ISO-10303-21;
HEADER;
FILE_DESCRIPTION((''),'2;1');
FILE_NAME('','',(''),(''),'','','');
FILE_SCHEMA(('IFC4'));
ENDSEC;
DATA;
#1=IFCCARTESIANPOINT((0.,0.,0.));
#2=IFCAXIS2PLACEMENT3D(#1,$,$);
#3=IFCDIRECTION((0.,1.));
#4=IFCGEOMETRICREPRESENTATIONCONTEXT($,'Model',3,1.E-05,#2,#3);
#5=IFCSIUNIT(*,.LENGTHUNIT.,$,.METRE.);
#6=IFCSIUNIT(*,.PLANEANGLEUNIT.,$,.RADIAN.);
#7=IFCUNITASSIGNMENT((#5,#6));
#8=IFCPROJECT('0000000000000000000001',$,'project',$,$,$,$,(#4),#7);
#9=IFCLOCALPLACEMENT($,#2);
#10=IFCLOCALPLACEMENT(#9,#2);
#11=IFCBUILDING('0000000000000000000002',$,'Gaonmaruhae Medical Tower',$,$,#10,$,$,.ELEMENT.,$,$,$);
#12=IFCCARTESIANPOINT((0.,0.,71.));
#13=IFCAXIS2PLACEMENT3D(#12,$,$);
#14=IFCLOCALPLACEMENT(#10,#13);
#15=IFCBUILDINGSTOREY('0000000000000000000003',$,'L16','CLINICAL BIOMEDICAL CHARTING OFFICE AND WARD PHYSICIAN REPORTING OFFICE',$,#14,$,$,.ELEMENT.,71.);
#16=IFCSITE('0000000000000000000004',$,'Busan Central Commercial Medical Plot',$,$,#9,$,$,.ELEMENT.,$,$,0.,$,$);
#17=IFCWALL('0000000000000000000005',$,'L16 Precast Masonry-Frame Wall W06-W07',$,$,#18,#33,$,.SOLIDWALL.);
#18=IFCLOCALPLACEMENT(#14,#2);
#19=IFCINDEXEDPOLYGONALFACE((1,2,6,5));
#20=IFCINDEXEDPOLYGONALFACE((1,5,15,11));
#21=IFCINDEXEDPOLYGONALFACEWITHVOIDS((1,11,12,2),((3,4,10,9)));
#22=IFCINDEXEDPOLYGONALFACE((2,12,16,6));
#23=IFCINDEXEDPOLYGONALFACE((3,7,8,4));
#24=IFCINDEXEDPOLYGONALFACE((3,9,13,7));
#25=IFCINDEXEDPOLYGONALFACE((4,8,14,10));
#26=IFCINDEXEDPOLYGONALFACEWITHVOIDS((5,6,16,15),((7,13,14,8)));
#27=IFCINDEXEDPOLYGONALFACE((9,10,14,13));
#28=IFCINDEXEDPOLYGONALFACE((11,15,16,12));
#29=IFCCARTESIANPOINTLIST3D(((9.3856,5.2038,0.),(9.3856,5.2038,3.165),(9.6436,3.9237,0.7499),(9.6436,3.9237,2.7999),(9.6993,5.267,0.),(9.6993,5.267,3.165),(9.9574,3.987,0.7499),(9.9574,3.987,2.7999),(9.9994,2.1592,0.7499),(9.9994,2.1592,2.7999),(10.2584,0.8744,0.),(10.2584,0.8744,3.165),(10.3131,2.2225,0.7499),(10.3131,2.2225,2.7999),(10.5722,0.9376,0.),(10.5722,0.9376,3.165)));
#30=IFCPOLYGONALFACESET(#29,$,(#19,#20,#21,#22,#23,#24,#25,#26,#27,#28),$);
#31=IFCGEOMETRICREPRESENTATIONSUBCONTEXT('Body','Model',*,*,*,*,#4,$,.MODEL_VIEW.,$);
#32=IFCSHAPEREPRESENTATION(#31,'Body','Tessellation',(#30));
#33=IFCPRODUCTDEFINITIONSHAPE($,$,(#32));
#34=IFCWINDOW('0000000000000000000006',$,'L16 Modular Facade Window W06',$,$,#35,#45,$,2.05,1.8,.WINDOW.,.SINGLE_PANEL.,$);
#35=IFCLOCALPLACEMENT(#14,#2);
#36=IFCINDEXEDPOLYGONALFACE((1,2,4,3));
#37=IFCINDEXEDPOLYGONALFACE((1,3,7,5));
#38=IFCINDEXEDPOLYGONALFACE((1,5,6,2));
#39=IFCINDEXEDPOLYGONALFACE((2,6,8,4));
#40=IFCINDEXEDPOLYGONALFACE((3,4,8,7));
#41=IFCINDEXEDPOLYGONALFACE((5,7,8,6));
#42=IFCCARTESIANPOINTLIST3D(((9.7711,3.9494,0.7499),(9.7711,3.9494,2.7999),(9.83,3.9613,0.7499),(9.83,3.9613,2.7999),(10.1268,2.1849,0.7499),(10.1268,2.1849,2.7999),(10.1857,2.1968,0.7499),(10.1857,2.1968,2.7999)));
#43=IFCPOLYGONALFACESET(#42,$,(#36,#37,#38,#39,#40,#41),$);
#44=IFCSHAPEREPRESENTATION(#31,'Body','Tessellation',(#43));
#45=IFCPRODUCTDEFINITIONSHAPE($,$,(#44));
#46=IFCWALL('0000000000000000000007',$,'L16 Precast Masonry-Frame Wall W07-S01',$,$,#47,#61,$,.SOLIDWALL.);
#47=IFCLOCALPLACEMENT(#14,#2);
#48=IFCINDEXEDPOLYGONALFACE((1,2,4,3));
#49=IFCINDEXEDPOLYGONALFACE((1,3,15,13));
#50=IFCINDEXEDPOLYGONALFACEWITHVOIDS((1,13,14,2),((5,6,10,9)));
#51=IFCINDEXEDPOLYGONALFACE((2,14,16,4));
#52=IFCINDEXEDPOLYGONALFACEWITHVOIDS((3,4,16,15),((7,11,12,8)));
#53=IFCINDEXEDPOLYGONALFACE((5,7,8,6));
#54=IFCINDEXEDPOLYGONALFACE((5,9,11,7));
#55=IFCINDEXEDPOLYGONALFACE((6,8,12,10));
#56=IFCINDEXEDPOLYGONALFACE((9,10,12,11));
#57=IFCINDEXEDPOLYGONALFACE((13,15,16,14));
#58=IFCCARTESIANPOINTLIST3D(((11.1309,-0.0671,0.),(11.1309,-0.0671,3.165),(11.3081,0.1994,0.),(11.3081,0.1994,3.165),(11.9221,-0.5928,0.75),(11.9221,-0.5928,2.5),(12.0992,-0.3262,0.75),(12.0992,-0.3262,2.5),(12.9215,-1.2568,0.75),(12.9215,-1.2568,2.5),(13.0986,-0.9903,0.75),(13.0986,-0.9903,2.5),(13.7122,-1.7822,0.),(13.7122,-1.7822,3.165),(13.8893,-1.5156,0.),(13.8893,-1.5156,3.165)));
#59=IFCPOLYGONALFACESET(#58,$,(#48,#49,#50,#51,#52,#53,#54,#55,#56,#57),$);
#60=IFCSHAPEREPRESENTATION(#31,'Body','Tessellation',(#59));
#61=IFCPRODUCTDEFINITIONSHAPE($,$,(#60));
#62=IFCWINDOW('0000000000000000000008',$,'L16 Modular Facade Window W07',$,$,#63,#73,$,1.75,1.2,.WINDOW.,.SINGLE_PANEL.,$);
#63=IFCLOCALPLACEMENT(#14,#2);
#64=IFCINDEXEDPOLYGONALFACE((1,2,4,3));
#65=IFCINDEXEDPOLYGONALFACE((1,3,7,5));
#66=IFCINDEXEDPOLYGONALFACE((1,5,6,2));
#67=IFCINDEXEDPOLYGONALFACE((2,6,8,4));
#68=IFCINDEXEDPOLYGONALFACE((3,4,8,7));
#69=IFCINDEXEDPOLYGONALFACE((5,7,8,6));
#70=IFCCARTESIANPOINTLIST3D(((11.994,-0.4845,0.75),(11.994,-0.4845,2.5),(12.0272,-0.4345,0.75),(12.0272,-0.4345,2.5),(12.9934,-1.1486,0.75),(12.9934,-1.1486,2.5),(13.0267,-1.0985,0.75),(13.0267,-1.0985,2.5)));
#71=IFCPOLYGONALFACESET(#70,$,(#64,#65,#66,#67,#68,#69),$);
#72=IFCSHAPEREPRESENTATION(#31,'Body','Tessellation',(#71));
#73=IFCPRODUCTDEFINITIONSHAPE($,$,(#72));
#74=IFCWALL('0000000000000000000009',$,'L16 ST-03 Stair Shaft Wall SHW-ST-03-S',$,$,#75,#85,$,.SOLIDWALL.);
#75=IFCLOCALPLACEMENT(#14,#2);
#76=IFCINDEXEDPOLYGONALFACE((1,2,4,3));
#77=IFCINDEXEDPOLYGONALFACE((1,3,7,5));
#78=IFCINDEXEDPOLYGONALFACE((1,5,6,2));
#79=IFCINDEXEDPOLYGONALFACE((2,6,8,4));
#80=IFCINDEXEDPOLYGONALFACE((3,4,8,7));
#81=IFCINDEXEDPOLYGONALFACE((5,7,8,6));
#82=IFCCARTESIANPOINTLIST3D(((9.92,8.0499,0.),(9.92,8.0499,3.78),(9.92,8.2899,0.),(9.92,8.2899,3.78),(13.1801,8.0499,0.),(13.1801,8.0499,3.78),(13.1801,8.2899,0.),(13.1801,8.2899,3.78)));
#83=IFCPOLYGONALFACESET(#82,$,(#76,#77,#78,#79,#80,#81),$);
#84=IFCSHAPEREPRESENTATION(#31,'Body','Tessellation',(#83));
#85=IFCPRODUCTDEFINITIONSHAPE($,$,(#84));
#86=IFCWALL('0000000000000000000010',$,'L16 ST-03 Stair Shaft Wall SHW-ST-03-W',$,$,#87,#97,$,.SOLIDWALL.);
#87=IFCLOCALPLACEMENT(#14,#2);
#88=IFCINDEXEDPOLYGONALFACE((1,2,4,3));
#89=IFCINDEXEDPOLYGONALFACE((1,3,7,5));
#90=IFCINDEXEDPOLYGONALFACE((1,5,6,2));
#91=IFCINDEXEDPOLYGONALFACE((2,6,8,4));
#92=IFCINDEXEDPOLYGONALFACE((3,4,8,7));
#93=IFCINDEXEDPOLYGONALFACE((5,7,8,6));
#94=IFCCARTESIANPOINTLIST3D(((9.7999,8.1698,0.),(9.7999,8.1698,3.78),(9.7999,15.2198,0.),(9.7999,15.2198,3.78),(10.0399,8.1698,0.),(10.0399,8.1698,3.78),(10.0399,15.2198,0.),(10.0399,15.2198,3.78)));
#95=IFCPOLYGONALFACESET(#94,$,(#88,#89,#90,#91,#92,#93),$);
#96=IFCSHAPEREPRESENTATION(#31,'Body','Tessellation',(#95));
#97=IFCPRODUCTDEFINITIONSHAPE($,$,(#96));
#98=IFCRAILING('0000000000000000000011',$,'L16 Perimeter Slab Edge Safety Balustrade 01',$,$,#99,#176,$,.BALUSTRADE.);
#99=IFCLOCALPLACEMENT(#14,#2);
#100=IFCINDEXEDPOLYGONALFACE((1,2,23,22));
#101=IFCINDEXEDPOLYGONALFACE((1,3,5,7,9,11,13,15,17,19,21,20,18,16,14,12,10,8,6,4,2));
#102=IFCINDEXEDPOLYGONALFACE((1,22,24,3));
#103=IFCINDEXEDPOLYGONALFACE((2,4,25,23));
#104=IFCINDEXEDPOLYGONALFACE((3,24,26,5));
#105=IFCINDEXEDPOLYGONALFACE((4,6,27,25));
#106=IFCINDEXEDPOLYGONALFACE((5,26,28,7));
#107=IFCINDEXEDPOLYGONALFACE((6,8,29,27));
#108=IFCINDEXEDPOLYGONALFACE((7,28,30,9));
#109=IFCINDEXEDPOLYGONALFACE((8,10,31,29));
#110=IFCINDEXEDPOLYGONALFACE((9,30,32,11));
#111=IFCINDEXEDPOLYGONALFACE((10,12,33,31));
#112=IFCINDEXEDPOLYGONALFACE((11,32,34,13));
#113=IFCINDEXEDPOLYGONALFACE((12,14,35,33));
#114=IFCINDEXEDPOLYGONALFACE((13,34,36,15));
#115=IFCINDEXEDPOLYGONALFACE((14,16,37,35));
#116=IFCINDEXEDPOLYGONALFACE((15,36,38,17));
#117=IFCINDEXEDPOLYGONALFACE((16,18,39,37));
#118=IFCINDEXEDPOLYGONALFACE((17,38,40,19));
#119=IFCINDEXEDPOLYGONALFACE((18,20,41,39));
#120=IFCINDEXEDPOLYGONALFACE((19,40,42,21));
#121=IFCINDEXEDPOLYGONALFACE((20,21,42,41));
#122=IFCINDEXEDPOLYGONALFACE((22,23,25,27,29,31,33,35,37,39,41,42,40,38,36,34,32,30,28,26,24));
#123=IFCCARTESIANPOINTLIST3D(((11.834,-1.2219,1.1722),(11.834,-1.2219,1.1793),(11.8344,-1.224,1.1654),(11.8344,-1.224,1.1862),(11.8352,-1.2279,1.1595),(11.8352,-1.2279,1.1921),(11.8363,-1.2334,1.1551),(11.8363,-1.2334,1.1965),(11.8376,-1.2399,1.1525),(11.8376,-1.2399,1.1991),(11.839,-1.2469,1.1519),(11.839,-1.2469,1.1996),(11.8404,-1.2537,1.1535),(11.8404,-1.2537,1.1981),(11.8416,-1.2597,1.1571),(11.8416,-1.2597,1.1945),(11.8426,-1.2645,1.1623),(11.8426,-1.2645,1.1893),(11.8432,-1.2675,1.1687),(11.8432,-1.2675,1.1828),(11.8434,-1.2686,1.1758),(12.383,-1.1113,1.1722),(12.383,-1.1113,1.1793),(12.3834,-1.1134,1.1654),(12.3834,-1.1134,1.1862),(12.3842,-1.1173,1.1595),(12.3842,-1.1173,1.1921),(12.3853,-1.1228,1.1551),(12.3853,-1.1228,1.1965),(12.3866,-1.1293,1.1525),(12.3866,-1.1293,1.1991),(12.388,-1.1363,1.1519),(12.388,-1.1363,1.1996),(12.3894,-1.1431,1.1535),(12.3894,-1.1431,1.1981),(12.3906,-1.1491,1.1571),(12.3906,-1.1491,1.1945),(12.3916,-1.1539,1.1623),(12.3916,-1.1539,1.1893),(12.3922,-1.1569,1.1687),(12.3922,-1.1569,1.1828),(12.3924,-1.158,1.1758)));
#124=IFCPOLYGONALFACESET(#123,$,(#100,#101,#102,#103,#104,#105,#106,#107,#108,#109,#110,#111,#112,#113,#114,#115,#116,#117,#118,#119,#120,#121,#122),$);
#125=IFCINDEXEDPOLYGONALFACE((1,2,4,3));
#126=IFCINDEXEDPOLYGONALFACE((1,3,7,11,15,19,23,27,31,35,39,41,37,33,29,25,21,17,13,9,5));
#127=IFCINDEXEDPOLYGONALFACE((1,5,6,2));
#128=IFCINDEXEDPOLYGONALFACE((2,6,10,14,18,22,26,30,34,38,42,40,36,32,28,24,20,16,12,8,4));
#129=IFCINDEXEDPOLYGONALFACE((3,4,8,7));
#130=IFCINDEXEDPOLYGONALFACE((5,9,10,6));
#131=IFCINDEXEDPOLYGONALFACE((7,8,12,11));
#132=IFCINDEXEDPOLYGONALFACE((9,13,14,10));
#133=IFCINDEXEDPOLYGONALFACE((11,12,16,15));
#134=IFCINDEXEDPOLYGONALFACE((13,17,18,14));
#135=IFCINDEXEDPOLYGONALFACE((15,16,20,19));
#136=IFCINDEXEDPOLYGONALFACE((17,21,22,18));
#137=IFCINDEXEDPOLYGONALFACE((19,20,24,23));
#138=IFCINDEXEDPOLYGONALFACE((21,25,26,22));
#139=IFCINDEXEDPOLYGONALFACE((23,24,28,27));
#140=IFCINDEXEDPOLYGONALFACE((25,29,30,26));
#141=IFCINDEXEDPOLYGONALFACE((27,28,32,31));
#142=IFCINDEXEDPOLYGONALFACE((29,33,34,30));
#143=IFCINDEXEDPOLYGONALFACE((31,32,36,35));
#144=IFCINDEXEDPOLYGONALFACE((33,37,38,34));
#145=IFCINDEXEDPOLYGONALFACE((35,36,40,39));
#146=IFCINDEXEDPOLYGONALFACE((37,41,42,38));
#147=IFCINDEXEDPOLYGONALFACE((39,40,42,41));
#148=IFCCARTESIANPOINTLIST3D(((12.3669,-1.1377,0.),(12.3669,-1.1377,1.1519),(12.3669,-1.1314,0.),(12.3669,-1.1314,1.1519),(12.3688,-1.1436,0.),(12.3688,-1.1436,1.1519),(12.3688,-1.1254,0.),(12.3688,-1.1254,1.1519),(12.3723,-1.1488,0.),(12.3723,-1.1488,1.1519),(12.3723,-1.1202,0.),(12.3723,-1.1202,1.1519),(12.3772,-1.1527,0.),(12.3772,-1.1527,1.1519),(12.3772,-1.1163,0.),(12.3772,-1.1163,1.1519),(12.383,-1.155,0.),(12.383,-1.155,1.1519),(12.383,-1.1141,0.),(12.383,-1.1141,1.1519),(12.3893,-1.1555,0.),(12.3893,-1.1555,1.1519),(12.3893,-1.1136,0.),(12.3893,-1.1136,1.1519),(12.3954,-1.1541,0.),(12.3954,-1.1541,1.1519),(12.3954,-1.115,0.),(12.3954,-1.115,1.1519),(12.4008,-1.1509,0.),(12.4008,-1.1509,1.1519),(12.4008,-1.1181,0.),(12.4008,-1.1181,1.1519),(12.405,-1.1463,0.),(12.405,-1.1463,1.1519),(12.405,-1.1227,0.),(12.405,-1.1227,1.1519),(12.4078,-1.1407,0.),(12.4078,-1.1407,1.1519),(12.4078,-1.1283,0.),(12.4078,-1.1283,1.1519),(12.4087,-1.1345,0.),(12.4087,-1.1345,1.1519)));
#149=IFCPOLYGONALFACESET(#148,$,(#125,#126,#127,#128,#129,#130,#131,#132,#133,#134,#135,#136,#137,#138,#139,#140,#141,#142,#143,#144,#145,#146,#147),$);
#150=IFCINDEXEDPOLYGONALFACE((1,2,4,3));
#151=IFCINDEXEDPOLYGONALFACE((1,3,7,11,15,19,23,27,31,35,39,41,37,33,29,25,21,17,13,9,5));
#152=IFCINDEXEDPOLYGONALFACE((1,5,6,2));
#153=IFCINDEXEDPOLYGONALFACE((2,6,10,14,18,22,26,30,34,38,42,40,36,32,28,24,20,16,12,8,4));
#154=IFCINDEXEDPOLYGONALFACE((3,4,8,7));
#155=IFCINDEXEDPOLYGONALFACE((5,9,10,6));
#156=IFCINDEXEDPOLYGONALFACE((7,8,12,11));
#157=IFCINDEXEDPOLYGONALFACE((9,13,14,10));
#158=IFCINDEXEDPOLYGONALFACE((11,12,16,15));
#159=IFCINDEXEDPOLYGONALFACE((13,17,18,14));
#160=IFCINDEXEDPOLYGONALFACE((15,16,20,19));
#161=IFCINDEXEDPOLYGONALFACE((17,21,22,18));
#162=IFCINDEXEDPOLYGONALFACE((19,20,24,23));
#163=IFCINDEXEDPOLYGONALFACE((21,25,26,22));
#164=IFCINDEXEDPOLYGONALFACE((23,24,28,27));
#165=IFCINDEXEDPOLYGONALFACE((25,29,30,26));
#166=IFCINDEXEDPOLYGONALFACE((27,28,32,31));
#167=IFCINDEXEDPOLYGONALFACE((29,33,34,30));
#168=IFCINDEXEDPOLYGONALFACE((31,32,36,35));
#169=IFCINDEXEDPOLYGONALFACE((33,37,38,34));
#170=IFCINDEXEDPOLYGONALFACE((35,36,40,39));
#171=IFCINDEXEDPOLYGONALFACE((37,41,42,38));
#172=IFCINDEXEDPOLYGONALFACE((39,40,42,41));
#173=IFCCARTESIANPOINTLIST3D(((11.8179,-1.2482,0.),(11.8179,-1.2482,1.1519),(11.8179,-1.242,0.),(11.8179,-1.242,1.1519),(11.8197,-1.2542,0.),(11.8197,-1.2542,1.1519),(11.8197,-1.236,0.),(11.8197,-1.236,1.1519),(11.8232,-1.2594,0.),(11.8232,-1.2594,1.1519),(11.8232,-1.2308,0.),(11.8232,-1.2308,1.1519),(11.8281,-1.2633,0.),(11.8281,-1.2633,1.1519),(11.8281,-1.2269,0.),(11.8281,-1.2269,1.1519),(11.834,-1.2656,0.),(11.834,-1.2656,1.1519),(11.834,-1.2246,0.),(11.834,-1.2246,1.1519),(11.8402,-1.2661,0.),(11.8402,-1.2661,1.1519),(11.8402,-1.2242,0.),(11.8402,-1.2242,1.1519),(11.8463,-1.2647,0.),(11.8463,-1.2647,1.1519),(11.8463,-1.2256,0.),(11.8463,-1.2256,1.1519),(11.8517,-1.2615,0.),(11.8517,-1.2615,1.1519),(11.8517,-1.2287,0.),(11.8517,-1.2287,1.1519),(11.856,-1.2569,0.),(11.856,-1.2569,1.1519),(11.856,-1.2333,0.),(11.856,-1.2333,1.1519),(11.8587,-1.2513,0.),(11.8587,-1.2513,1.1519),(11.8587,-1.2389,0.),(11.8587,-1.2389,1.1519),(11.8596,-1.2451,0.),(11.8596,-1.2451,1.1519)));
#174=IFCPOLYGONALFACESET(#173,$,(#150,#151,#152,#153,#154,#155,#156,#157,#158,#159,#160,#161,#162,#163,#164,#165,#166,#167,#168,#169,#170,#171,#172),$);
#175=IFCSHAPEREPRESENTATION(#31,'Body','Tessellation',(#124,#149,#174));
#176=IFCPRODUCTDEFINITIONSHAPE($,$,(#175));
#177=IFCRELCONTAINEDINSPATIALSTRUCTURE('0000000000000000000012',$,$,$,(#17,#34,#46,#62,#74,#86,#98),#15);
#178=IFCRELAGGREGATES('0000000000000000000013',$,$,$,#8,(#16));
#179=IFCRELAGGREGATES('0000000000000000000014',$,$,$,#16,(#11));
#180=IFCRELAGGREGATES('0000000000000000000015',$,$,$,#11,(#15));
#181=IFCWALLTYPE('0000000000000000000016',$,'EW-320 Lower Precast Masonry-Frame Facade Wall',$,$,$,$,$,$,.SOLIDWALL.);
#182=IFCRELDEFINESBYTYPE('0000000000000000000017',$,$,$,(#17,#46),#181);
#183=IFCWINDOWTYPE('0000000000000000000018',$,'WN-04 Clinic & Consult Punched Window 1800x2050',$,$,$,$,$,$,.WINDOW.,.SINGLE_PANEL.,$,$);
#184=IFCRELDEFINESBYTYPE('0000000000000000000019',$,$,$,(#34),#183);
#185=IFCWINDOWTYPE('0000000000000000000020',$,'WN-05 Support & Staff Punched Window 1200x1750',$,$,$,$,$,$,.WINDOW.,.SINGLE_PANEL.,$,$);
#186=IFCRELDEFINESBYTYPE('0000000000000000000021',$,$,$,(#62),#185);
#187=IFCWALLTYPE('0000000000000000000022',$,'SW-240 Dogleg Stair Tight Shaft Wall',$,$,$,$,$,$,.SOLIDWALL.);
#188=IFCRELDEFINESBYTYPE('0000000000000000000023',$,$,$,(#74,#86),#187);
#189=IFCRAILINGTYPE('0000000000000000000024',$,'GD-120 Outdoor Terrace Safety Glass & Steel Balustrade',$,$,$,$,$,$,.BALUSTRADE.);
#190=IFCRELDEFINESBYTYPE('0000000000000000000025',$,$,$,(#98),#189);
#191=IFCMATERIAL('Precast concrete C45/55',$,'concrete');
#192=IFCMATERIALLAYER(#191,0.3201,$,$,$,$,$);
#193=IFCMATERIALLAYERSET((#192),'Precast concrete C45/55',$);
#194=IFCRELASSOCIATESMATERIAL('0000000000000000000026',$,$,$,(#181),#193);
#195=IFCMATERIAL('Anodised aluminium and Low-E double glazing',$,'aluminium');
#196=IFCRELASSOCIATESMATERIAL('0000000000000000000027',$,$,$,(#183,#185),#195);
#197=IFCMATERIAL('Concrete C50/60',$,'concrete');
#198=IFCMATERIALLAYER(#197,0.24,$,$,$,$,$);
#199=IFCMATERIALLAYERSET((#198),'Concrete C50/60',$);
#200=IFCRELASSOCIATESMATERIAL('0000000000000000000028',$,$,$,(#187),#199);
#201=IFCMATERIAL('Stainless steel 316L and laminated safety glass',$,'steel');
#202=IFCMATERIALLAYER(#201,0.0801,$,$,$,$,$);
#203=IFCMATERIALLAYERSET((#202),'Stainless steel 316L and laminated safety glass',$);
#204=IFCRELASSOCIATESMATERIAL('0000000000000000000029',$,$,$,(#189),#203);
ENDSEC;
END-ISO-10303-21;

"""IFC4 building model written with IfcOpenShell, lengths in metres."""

from ifc_helpers import new_model, si_unit, direction, frame, frame_2d, origin, origin_2d, place, context, subcontext, project, spatial, rectangle, circle, extrude, material, layer, layer_set, type_object, element, fill, save


model = new_model("IFC4")

# Units and contexts
model_context = context("Model", 3, precision=1e-05, world=origin(), true_north=direction((0.0, 1.0)))
body_context = subcontext(model_context, "Body", "Model", "MODEL_VIEW")
ifc_project = project(units=[si_unit("LENGTHUNIT", "METRE"), si_unit("PLANEANGLEUNIT", "RADIAN")], contexts=[model_context])

# Site, building, storey
site_placement = place(None, origin())
site = spatial("IfcSite", under=ifc_project, at=site_placement, Name="Busan Central Commercial Medical Plot", CompositionType="ELEMENT", RefElevation=0.0)
building_placement = place(site_placement, origin())
building = spatial("IfcBuilding", under=site, at=building_placement, Name="Gaonmaruhae Medical Tower", CompositionType="ELEMENT")
storey_placement = place(building_placement, frame((0.0, 0.0, 71.0)))
storey = spatial("IfcBuildingStorey", under=building, at=storey_placement, Name="L16", Description="CLINICAL BIOMEDICAL CHARTING OFFICE AND WARD PHYSICIAN REPORTING OFFICE", CompositionType="ELEMENT", Elevation=71.0)

# Walls, openings, windows
ifc_material_1 = material(Name="Precast concrete C45/55", Category="concrete")
ifc_layer_1 = layer(ifc_material_1, 0.3201)
ifc_layer_set_1 = layer_set([ifc_layer_1], Name="Precast concrete C45/55")
wall_type_1 = type_object("IfcWallType", Name="EW-320 Lower Precast Masonry-Frame Facade Wall", PredefinedType="SOLIDWALL", material=ifc_layer_set_1)
ifc_material_2 = material(Name="Anodised aluminium and Low-E double glazing", Category="aluminium")
wall_1_placement = place(storey_placement, frame((10.4153, 0.906, 0.0), z_axis=(0.0, 0.0, 1.0), x_axis=(-0.197625, 0.980278, 0.0)))
wall_1 = element("IfcWall", 1, at=wall_1_placement, inside=storey, type_object=wall_type_1, Name="L16 Precast Masonry-Frame Wall W06-W07", PredefinedType="SOLIDWALL", context=body_context, shape_type="SweptSolid", body=[
    extrude(rectangle(XDim=4.4165, YDim=0.3201, at=frame_2d((2.2083, 0.0))), origin(), (0.0, 0.0, 1.0), 3.165),
])
opening_1_placement = place(wall_1_placement, frame((1.3108, 0.0, 0.75)))
opening_1 = element("IfcOpeningElement", 2, at=opening_1_placement, cuts=wall_1, PredefinedType="OPENING", context=body_context, shape_type="SweptSolid", body=[
    extrude(rectangle(XDim=1.8, YDim=2.05, at=frame_2d((0.8999, 1.0249))), frame((0.0, 0.1699, 0.0), z_axis=(0.0, -1.0, 0.0), x_axis=(1.0, 0.0, 0.0)), (0.0, 0.0, 1.0), 0.3401),
])
window_type_1 = type_object("IfcWindowType", Name="WN-04 Clinic & Consult Punched Window 1800x2050", PartitioningType="SINGLE_PANEL", PredefinedType="WINDOW", material=ifc_material_2)
window_1_placement = place(opening_1_placement, origin())
window_1 = element("IfcWindow", 3, at=window_1_placement, inside=storey, type_object=window_type_1, Name="L16 Modular Facade Window W06", OverallHeight=2.05, OverallWidth=1.8, PartitioningType="SINGLE_PANEL", PredefinedType="WINDOW", context=body_context, shape_type="SweptSolid", body=[
    extrude(rectangle(XDim=1.8, YDim=2.05, at=frame_2d((0.8999, 1.0249))), frame((0.0, 0.03, 0.0), z_axis=(0.0, -1.0, 0.0), x_axis=(1.0, 0.0, 0.0)), (0.0, 0.0, 1.0), 0.0601),
])
fill(opening_1, window_1)
wall_2_placement = place(storey_placement, frame((13.8008, -1.6489, 0.0), z_axis=(0.0, 0.0, 1.0), x_axis=(-0.83291, 0.553409, 0.0)))
wall_2 = element("IfcWall", 4, at=wall_2_placement, inside=storey, type_object=wall_type_1, Name="L16 Precast Masonry-Frame Wall W07-S01", PredefinedType="SOLIDWALL", context=body_context, shape_type="SweptSolid", body=[
    extrude(rectangle(XDim=3.0991, YDim=0.3201, at=frame_2d((1.5496, 0.0))), origin(), (0.0, 0.0, 1.0), 3.165),
])
opening_2_placement = place(wall_2_placement, frame((0.9492, 0.0, 0.75)))
opening_2 = element("IfcOpeningElement", 5, at=opening_2_placement, cuts=wall_2, PredefinedType="OPENING", context=body_context, shape_type="SweptSolid", body=[
    extrude(rectangle(XDim=1.2, YDim=1.75, at=frame_2d((0.6001, 0.875))), frame((0.0, 0.1699, 0.0), z_axis=(0.0, -1.0, 0.0), x_axis=(1.0, 0.0, 0.0)), (0.0, 0.0, 1.0), 0.3401),
])
window_type_2 = type_object("IfcWindowType", Name="WN-05 Support & Staff Punched Window 1200x1750", PartitioningType="SINGLE_PANEL", PredefinedType="WINDOW", material=ifc_material_2)
window_2_placement = place(opening_2_placement, origin())
window_2 = element("IfcWindow", 6, at=window_2_placement, inside=storey, type_object=window_type_2, Name="L16 Modular Facade Window W07", OverallHeight=1.75, OverallWidth=1.2, PartitioningType="SINGLE_PANEL", PredefinedType="WINDOW", context=body_context, shape_type="SweptSolid", body=[
    extrude(rectangle(XDim=1.2, YDim=1.75, at=frame_2d((0.6001, 0.875))), frame((0.0, 0.03, 0.0), z_axis=(0.0, -1.0, 0.0), x_axis=(1.0, 0.0, 0.0)), (0.0, 0.0, 1.0), 0.0601),
])
fill(opening_2, window_2)

# Walls
ifc_material_3 = material(Name="Concrete C50/60", Category="concrete")
ifc_layer_2 = layer(ifc_material_3, 0.24)
ifc_layer_set_2 = layer_set([ifc_layer_2], Name="Concrete C50/60")
wall_type_2 = type_object("IfcWallType", Name="SW-240 Dogleg Stair Tight Shaft Wall", PredefinedType="SOLIDWALL", material=ifc_layer_set_2)
wall_3_placement = place(storey_placement, frame((13.1799, 8.1699, 0.0), z_axis=(0.0, 0.0, 1.0), x_axis=(-1.0, 0.0, 0.0)))
element("IfcWall", 7, at=wall_3_placement, inside=storey, type_object=wall_type_2, Name="L16 ST-03 Stair Shaft Wall SHW-ST-03-S", PredefinedType="SOLIDWALL", context=body_context, shape_type="SweptSolid", body=[
    extrude(rectangle(XDim=3.26, YDim=0.24, at=frame_2d((1.6299, 0.0))), origin(), (0.0, 0.0, 1.0), 3.78),
])
wall_4_placement = place(storey_placement, frame((9.9199, 8.1699, 0.0), z_axis=(0.0, 0.0, 1.0), x_axis=(0.0, 1.0, 0.0)))
element("IfcWall", 8, at=wall_4_placement, inside=storey, type_object=wall_type_2, Name="L16 ST-03 Stair Shaft Wall SHW-ST-03-W", PredefinedType="SOLIDWALL", context=body_context, shape_type="SweptSolid", body=[
    extrude(rectangle(XDim=7.05, YDim=0.24, at=frame_2d((3.5249, 0.0))), origin(), (0.0, 0.0, 1.0), 3.78),
])

# Railing
ifc_material_4 = material(Name="Stainless steel 316L and laminated safety glass", Category="steel")
ifc_layer_3 = layer(ifc_material_4, 0.0801)
ifc_layer_set_3 = layer_set([ifc_layer_3], Name="Stainless steel 316L and laminated safety glass")
railing_type = type_object("IfcRailingType", Name="GD-120 Outdoor Terrace Safety Glass & Steel Balustrade", PredefinedType="BALUSTRADE", material=ifc_layer_set_3)
railing_1_placement = place(storey_placement, frame((12.3877, -1.1345, 0.0)))
element("IfcRailing", 9, at=railing_1_placement, inside=storey, type_object=railing_type, Name="L16 Perimeter Slab Edge Safety Balustrade 01", PredefinedType="BALUSTRADE", context=body_context, shape_type="SweptSolid", body=[
    extrude(circle(Radius=0.0239, at=origin_2d()), frame((0.0, 0.0, 1.1758), z_axis=(-0.980312, -0.197457, 0.0), x_axis=(0.197457, -0.980312, 0.0)), (0.0, 0.0, 1.0), 0.5601),
    extrude(circle(Radius=0.021, at=origin_2d()), origin(), (0.0, 0.0, 1.0), 1.1519),
    extrude(circle(Radius=0.021, at=origin_2d()), frame((-0.5491, -0.1106, 0.0)), (0.0, 0.0, 1.0), 1.1519),
])

save(model, "model.ifc")
